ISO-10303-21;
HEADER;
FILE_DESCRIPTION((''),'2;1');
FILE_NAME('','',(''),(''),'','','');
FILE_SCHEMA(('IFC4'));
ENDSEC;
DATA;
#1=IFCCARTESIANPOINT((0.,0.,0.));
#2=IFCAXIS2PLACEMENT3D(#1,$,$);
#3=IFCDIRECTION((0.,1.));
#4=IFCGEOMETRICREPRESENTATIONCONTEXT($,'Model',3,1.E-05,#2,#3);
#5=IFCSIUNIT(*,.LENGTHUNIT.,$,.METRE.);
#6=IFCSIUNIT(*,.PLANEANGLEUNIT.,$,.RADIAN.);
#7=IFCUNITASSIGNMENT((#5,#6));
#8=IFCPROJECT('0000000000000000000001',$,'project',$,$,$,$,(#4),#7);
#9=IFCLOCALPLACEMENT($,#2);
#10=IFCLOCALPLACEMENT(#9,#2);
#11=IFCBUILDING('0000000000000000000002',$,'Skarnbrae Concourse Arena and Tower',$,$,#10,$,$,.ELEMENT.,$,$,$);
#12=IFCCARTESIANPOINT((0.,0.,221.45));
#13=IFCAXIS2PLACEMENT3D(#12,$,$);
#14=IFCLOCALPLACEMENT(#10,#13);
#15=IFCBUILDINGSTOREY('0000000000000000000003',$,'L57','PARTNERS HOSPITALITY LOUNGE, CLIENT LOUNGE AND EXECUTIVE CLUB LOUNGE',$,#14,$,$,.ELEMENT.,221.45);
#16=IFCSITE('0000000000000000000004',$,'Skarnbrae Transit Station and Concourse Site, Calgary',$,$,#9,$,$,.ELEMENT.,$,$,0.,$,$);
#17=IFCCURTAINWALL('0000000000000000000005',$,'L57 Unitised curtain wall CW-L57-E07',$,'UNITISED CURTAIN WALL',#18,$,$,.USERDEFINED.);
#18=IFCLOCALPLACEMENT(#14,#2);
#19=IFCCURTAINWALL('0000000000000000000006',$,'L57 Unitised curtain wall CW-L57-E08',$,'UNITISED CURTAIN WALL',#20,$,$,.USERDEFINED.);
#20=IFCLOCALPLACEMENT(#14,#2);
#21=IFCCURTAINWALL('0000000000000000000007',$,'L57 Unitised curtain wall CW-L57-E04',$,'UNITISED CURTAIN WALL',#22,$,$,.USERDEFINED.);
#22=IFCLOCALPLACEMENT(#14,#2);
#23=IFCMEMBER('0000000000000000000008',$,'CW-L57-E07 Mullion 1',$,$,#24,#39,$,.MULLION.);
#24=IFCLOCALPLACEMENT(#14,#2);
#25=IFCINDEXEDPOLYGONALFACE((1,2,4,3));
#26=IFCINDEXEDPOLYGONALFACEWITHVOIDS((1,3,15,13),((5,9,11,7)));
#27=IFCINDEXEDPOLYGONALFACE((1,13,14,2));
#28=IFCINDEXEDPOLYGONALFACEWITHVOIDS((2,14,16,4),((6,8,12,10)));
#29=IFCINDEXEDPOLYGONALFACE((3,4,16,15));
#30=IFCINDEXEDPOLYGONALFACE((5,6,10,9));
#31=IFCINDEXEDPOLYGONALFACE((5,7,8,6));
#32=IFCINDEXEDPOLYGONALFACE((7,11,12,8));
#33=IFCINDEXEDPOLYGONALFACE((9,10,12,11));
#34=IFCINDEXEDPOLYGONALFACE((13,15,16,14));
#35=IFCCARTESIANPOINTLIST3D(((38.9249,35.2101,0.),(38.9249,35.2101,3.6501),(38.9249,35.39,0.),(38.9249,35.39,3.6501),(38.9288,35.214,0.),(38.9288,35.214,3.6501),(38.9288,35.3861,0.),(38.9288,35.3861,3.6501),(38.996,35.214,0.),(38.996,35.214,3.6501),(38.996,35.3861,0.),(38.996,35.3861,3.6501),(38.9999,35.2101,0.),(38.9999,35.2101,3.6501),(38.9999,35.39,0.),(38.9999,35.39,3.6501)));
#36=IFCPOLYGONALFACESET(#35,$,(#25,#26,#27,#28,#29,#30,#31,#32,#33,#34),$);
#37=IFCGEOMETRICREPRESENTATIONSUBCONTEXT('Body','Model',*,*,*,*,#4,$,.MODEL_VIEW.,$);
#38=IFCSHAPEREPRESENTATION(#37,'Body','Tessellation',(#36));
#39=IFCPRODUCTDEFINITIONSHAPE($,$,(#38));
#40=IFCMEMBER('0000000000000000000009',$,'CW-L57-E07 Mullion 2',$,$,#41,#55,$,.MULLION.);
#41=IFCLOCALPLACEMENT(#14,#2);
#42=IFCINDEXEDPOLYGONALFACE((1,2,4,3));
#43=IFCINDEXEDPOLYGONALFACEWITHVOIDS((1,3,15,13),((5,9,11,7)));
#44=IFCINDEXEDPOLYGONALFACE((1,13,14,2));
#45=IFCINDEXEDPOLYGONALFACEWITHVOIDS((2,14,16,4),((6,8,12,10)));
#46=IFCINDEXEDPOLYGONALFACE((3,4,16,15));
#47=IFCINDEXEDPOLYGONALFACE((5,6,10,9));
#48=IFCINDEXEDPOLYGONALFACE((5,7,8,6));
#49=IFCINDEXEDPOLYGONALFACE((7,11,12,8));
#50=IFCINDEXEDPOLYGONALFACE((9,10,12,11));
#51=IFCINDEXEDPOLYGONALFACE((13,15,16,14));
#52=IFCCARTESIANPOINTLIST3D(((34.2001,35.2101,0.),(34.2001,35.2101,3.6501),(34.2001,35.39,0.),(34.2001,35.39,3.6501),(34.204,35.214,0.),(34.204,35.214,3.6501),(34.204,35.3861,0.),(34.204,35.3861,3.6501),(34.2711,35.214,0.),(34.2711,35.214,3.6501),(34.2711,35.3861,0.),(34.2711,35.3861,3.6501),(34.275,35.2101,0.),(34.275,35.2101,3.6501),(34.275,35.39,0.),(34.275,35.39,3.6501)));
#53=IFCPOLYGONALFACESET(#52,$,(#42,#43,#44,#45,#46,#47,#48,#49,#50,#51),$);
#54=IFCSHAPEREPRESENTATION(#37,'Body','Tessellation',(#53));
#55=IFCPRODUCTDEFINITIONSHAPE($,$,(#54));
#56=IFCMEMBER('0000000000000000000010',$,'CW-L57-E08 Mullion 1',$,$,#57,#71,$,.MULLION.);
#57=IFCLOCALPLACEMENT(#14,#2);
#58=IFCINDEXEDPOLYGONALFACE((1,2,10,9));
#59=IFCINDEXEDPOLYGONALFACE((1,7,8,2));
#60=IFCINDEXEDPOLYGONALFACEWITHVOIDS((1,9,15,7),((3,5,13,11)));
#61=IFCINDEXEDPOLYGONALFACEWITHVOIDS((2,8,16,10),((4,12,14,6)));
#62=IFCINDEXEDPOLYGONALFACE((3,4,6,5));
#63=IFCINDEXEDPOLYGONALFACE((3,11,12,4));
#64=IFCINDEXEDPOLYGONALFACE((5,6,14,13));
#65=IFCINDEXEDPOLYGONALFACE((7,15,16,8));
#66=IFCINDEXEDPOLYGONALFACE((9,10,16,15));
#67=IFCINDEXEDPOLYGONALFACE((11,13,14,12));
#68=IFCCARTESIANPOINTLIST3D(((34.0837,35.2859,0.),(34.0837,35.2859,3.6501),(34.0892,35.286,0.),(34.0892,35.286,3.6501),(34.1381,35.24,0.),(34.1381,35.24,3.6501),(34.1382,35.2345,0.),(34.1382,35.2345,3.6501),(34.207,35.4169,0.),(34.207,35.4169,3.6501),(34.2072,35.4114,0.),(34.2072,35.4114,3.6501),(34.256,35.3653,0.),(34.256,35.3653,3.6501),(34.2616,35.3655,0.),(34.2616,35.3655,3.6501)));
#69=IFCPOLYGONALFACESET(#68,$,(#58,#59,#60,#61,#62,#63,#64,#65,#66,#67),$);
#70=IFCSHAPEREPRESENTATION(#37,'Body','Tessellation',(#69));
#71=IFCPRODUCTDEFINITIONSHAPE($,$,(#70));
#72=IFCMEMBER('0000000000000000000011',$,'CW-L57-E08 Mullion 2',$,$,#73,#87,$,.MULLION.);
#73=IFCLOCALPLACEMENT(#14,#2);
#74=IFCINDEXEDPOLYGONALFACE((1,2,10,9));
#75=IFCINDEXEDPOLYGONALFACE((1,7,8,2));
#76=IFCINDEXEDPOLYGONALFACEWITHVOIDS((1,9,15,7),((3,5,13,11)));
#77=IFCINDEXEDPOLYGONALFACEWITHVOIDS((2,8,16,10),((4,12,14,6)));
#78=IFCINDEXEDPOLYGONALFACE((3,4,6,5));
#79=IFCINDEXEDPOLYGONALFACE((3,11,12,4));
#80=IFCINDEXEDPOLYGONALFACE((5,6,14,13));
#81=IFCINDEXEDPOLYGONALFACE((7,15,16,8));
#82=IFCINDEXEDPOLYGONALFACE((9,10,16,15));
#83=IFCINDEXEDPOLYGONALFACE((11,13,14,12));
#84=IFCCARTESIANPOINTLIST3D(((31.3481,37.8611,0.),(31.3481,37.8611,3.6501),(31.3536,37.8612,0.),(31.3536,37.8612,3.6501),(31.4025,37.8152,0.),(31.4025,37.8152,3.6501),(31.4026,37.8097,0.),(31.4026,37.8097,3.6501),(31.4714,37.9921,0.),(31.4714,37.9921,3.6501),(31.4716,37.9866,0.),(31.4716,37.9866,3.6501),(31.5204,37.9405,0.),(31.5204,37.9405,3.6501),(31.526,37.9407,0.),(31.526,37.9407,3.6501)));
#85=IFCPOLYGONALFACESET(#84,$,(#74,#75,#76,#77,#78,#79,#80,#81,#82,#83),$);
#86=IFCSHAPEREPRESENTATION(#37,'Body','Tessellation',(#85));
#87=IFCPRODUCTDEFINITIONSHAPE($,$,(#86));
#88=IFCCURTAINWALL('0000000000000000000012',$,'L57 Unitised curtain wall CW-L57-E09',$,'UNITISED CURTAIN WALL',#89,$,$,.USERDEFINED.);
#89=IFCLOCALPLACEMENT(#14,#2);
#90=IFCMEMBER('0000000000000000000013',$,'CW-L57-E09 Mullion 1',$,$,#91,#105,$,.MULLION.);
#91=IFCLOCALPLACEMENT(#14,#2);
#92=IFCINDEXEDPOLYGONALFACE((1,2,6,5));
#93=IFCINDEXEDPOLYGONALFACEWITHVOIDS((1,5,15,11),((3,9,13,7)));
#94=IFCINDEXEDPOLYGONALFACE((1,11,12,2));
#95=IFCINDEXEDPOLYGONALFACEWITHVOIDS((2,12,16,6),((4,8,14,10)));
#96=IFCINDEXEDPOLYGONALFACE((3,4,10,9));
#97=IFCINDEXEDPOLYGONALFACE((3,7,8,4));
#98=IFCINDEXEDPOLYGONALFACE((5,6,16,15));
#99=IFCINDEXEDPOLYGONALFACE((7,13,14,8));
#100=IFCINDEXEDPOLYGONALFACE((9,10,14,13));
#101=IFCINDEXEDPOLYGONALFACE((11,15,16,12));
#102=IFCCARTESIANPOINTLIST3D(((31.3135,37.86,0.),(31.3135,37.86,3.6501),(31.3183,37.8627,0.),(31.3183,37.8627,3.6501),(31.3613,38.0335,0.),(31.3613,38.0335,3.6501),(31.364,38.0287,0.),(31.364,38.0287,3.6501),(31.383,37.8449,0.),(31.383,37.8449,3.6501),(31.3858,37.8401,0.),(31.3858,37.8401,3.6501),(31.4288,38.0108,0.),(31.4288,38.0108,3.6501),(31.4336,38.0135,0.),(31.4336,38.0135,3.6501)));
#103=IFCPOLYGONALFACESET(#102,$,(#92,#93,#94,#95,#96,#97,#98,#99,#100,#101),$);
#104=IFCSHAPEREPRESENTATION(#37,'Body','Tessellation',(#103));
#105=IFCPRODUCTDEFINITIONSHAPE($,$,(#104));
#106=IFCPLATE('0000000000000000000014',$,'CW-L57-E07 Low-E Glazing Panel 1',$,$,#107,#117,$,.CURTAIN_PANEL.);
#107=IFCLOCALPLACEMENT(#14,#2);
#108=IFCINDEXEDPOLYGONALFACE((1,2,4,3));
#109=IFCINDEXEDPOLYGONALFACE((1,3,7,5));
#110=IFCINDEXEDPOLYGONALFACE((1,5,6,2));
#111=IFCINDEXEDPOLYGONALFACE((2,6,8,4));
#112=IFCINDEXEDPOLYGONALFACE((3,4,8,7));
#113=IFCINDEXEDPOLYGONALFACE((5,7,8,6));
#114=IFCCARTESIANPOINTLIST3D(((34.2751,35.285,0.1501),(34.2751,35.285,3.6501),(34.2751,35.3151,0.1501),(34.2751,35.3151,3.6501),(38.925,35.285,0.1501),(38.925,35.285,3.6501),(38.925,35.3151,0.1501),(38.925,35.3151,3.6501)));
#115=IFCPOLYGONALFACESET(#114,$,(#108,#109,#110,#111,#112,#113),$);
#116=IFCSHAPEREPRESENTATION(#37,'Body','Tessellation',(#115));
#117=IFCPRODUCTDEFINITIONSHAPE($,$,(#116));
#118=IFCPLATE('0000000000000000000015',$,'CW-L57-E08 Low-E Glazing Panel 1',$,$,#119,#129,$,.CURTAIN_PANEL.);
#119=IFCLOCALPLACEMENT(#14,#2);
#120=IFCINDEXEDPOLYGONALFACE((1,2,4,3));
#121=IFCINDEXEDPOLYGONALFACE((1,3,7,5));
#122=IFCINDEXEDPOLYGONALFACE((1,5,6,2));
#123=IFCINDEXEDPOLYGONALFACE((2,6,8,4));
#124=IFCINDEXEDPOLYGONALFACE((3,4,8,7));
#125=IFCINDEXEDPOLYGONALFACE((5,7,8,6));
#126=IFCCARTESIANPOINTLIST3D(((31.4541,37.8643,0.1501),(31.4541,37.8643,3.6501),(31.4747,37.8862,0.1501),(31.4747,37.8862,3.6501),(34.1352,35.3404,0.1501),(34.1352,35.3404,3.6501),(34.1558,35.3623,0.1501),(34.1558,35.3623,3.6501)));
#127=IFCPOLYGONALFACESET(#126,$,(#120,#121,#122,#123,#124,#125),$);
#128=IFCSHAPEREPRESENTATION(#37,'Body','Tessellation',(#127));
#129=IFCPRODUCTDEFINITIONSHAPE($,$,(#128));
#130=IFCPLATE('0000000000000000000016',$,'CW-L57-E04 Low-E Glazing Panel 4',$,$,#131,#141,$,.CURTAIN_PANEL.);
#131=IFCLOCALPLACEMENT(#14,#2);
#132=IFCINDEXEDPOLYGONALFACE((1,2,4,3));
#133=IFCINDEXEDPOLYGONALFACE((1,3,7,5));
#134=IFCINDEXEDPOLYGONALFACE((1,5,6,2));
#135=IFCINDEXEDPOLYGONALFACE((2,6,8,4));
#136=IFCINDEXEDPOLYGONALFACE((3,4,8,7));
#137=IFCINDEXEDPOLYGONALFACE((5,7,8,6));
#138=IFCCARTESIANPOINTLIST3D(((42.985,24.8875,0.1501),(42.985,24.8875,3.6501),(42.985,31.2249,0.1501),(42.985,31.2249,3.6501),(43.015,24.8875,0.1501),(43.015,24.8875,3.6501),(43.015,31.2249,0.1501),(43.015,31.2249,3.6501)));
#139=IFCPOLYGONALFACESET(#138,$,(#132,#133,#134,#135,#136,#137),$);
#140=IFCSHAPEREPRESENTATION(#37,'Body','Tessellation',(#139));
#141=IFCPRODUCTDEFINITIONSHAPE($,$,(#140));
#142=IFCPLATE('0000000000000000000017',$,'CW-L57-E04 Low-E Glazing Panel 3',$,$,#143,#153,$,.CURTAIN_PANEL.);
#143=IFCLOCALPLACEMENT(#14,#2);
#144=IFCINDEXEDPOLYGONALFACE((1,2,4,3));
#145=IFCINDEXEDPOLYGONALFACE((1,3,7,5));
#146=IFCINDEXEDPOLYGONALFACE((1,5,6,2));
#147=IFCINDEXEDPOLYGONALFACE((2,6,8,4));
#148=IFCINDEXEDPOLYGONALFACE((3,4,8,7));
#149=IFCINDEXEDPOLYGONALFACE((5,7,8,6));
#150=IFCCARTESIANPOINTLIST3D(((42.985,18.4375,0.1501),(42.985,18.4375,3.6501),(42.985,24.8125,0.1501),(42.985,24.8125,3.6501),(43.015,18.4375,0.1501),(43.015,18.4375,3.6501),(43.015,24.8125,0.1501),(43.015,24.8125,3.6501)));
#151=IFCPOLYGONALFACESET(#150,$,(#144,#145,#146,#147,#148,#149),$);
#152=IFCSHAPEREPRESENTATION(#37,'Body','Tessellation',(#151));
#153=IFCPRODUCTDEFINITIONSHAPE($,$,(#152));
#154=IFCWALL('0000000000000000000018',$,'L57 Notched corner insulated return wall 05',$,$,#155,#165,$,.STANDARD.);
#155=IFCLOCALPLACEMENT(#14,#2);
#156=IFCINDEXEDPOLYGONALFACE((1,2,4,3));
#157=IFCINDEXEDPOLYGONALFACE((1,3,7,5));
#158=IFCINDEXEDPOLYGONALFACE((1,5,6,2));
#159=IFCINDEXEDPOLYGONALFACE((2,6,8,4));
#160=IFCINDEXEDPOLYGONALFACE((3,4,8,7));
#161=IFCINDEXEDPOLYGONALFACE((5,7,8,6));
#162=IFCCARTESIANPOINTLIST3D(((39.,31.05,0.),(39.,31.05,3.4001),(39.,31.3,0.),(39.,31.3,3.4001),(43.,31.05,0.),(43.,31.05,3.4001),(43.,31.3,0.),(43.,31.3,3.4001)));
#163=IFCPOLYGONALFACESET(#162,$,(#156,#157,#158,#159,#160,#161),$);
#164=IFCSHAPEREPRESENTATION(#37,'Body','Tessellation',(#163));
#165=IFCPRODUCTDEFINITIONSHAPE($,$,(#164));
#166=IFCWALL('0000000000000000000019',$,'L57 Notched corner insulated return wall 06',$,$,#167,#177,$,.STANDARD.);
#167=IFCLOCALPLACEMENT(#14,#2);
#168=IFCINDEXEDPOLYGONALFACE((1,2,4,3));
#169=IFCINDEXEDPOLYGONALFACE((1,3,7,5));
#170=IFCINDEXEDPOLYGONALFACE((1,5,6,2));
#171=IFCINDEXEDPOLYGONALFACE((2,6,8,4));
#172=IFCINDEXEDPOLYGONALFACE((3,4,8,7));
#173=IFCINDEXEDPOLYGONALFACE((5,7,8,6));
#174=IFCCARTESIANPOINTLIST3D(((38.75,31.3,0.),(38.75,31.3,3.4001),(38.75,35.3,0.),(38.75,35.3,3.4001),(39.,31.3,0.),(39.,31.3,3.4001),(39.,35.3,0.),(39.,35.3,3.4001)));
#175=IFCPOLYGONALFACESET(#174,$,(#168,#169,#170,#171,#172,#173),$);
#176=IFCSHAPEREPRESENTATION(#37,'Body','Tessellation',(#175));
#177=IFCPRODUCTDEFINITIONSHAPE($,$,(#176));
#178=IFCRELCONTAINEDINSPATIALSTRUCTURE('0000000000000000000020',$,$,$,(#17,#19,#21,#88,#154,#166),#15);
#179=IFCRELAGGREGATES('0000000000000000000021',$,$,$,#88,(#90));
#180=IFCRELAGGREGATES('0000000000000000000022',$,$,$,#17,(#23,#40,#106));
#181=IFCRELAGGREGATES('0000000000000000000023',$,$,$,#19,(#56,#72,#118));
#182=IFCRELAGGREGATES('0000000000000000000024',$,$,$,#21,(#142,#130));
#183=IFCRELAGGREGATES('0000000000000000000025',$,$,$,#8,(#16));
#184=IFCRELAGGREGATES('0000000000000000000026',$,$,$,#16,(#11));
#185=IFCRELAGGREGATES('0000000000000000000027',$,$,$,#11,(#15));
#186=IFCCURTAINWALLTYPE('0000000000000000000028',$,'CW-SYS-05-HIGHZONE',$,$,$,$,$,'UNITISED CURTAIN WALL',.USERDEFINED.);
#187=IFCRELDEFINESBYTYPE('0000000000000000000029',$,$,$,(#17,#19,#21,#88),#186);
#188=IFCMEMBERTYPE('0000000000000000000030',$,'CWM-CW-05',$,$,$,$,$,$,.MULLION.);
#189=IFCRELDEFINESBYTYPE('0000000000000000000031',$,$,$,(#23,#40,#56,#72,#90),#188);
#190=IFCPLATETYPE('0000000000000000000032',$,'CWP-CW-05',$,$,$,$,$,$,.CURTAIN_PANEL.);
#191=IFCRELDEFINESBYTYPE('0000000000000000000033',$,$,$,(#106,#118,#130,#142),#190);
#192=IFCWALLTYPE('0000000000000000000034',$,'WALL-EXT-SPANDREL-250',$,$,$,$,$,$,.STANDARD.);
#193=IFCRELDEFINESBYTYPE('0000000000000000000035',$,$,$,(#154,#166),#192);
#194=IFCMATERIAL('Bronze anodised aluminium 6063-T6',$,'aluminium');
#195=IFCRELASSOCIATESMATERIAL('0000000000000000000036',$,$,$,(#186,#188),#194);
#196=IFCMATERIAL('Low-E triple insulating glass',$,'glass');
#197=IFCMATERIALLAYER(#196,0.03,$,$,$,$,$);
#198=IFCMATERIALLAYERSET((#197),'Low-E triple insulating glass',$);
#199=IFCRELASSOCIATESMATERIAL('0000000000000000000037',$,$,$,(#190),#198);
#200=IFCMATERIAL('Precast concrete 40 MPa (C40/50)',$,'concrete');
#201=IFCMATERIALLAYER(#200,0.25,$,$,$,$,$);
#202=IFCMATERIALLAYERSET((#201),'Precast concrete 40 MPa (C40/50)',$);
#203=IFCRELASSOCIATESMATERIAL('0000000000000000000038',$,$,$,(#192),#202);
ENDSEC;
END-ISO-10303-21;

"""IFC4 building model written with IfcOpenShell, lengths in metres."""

from ifc_helpers import new_model, si_unit, direction, frame, frame_2d, origin, origin_2d, place, context, subcontext, project, spatial, rectangle, hollow_rectangle, extrude, source, transform, mapped, material, layer, layer_set, material_profile, profile_set, type_object, element, aggregate, save


model = new_model("IFC4")

# Units and contexts
model_context = context("Model", 3, precision=1e-05, world=origin(), true_north=direction((0.0, 1.0)))
body_context = subcontext(model_context, "Body", "Model", "MODEL_VIEW")
ifc_project = project(units=[si_unit("LENGTHUNIT", "METRE"), si_unit("PLANEANGLEUNIT", "RADIAN")], contexts=[model_context])

# Site, building, storey
site_placement = place(None, origin())
site = spatial("IfcSite", under=ifc_project, at=site_placement, Name="Skarnbrae Transit Station and Concourse Site, Calgary", CompositionType="ELEMENT", RefElevation=0.0)
building_placement = place(site_placement, origin())
building = spatial("IfcBuilding", under=site, at=building_placement, Name="Skarnbrae Concourse Arena and Tower", CompositionType="ELEMENT")
storey_placement = place(building_placement, frame((0.0, 0.0, 221.45)))
storey = spatial("IfcBuildingStorey", under=building, at=storey_placement, Name="L57", Description="PARTNERS HOSPITALITY LOUNGE, CLIENT LOUNGE AND EXECUTIVE CLUB LOUNGE", CompositionType="ELEMENT", Elevation=221.45)

# Curtain walls
ifc_material_1 = material(Name="Bronze anodised aluminium 6063-T6", Category="aluminium")
curtain_wall_type = type_object("IfcCurtainWallType", Name="CW-SYS-05-HIGHZONE", ElementType="UNITISED CURTAIN WALL", PredefinedType="USERDEFINED", material=ifc_material_1)
curtain_wall_1_placement = place(storey_placement, origin())
curtain_wall_1 = element("IfcCurtainWall", 1, at=curtain_wall_1_placement, inside=storey, type_object=curtain_wall_type, Name="L57 Unitised curtain wall CW-L57-E07", ObjectType="UNITISED CURTAIN WALL", PredefinedType="USERDEFINED")
curtain_wall_2_placement = place(storey_placement, origin())
curtain_wall_2 = element("IfcCurtainWall", 2, at=curtain_wall_2_placement, inside=storey, type_object=curtain_wall_type, Name="L57 Unitised curtain wall CW-L57-E08", ObjectType="UNITISED CURTAIN WALL", PredefinedType="USERDEFINED")

# Curtain wall
curtain_wall_3_placement = place(storey_placement, origin())
curtain_wall_3 = element("IfcCurtainWall", 3, at=curtain_wall_3_placement, inside=storey, type_object=curtain_wall_type, Name="L57 Unitised curtain wall CW-L57-E04", ObjectType="UNITISED CURTAIN WALL", PredefinedType="USERDEFINED")
ifc_material_profile_1 = material_profile(ifc_material_1, hollow_rectangle(XDim=0.075, YDim=0.1799, WallThickness=0.0039, at=origin_2d()), Name="ALU-MULL-75X180")
ifc_profile_set_1 = profile_set([ifc_material_profile_1], Name="Bronze anodised aluminium 6063-T6")
member_type_1 = type_object("IfcMemberType", Name="CWM-CW-05", PredefinedType="MULLION", material=ifc_profile_set_1)
shared_shape_1 = source(origin(), body_context, "Body", "SweptSolid", [
    extrude(hollow_rectangle(XDim=0.075, YDim=0.1799, WallThickness=0.0039, at=origin_2d()), origin(), (0.0, 0.0, 1.0), 3.6501),
])

# Members
member_1_placement = place(storey_placement, frame((38.9624, 35.3, 0.0), z_axis=(0.0, 0.0, 1.0), x_axis=(-1.0, 0.0, 0.0)))
member_1 = element("IfcMember", 4, at=member_1_placement, type_object=member_type_1, Name="CW-L57-E07 Mullion 1", PredefinedType="MULLION", context=body_context, shape_type="MappedRepresentation", body=[
    mapped(shared_shape_1, transform((0.0, 0.0, 0.0))),
])
member_2_placement = place(storey_placement, frame((34.2375, 35.3, 0.0), z_axis=(0.0, 0.0, 1.0), x_axis=(-1.0, 0.0, 0.0)))
member_2 = element("IfcMember", 5, at=member_2_placement, type_object=member_type_1, Name="CW-L57-E07 Mullion 2", PredefinedType="MULLION", context=body_context, shape_type="MappedRepresentation", body=[
    mapped(shared_shape_1, transform((0.0, 0.0, 0.0))),
])
member_3_placement = place(storey_placement, frame((34.1726, 35.3257, 0.0), z_axis=(0.0, 0.0, 1.0), x_axis=(-0.728131, 0.685438, 0.0)))
member_3 = element("IfcMember", 6, at=member_3_placement, type_object=member_type_1, Name="CW-L57-E08 Mullion 1", PredefinedType="MULLION", context=body_context, shape_type="MappedRepresentation", body=[
    mapped(shared_shape_1, transform((0.0, 0.0, 0.0))),
])
member_4_placement = place(storey_placement, frame((31.437, 37.9009, 0.0), z_axis=(0.0, 0.0, 1.0), x_axis=(-0.728131, 0.685438, 0.0)))
member_4 = element("IfcMember", 7, at=member_4_placement, type_object=member_type_1, Name="CW-L57-E08 Mullion 2", PredefinedType="MULLION", context=body_context, shape_type="MappedRepresentation", body=[
    mapped(shared_shape_1, transform((0.0, 0.0, 0.0))),
])

# Curtain wall, member
curtain_wall_4_placement = place(storey_placement, origin())
curtain_wall_4 = element("IfcCurtainWall", 8, at=curtain_wall_4_placement, inside=storey, type_object=curtain_wall_type, Name="L57 Unitised curtain wall CW-L57-E09", ObjectType="UNITISED CURTAIN WALL", PredefinedType="USERDEFINED")
member_5_placement = place(storey_placement, frame((31.3735, 37.9368, 0.0), z_axis=(0.0, 0.0, 1.0), x_axis=(-0.964057, 0.265694, 0.0)))
member_5 = element("IfcMember", 9, at=member_5_placement, type_object=member_type_1, Name="CW-L57-E09 Mullion 1", PredefinedType="MULLION", context=body_context, shape_type="MappedRepresentation", body=[
    mapped(shared_shape_1, transform((0.0, 0.0, 0.0))),
])
aggregate(curtain_wall_4, [member_5])

# Plates
ifc_material_2 = material(Name="Low-E triple insulating glass", Category="glass")
ifc_layer_1 = layer(ifc_material_2, 0.03)
ifc_layer_set_1 = layer_set([ifc_layer_1], Name="Low-E triple insulating glass")
plate_type = type_object("IfcPlateType", Name="CWP-CW-05", PredefinedType="CURTAIN_PANEL", material=ifc_layer_set_1)
shared_shape_2 = source(origin(), body_context, "Body", "SweptSolid", [
    extrude(rectangle(XDim=4.6499, YDim=0.03, at=origin_2d()), origin(), (0.0, 0.0, 1.0), 3.5),
])
plate_1_placement = place(storey_placement, frame((36.6001, 35.3, 0.1501), z_axis=(0.0, 0.0, 1.0), x_axis=(-1.0, 0.0, 0.0)))
plate_1 = element("IfcPlate", 10, at=plate_1_placement, type_object=plate_type, Name="CW-L57-E07 Low-E Glazing Panel 1", PredefinedType="CURTAIN_PANEL", context=body_context, shape_type="MappedRepresentation", body=[
    mapped(shared_shape_2, transform((0.0, 0.0, 0.0))),
])
aggregate(curtain_wall_1, [member_1, member_2, plate_1])
shared_shape_3 = source(origin(), body_context, "Body", "SweptSolid", [
    extrude(rectangle(XDim=3.6821, YDim=0.03, at=origin_2d()), origin(), (0.0, 0.0, 1.0), 3.5),
])
plate_2_placement = place(storey_placement, frame((32.8049, 36.6133, 0.1501), z_axis=(0.0, 0.0, 1.0), x_axis=(-0.728131, 0.685438, 0.0)))
plate_2 = element("IfcPlate", 11, at=plate_2_placement, type_object=plate_type, Name="CW-L57-E08 Low-E Glazing Panel 1", PredefinedType="CURTAIN_PANEL", context=body_context, shape_type="MappedRepresentation", body=[
    mapped(shared_shape_3, transform((0.0, 0.0, 0.0))),
])
aggregate(curtain_wall_2, [member_3, member_4, plate_2])
shared_shape_4 = source(origin(), body_context, "Body", "SweptSolid", [
    extrude(rectangle(XDim=6.3374, YDim=0.03, at=origin_2d()), origin(), (0.0, 0.0, 1.0), 3.5),
])
plate_3_placement = place(storey_placement, frame((43.0, 28.0562, 0.1501), z_axis=(0.0, 0.0, 1.0), x_axis=(0.0, 1.0, 0.0)))
plate_3 = element("IfcPlate", 12, at=plate_3_placement, type_object=plate_type, Name="CW-L57-E04 Low-E Glazing Panel 4", PredefinedType="CURTAIN_PANEL", context=body_context, shape_type="MappedRepresentation", body=[
    mapped(shared_shape_4, transform((0.0, 0.0, 0.0))),
])
shared_shape_5 = source(origin(), body_context, "Body", "SweptSolid", [
    extrude(rectangle(XDim=6.375, YDim=0.03, at=origin_2d()), origin(), (0.0, 0.0, 1.0), 3.5),
])
plate_4_placement = place(storey_placement, frame((43.0, 21.625, 0.1501), z_axis=(0.0, 0.0, 1.0), x_axis=(0.0, 1.0, 0.0)))
plate_4 = element("IfcPlate", 13, at=plate_4_placement, type_object=plate_type, Name="CW-L57-E04 Low-E Glazing Panel 3", PredefinedType="CURTAIN_PANEL", context=body_context, shape_type="MappedRepresentation", body=[
    mapped(shared_shape_5, transform((0.0, 0.0, 0.0))),
])
aggregate(curtain_wall_3, [plate_4, plate_3])

# Walls
ifc_material_3 = material(Name="Precast concrete 40 MPa (C40/50)", Category="concrete")
ifc_layer_2 = layer(ifc_material_3, 0.25)
ifc_layer_set_2 = layer_set([ifc_layer_2], Name="Precast concrete 40 MPa (C40/50)")
wall_type_1 = type_object("IfcWallType", Name="WALL-EXT-SPANDREL-250", PredefinedType="STANDARD", material=ifc_layer_set_2)
shared_shape_6 = source(origin(), body_context, "Body", "SweptSolid", [
    extrude(rectangle(XDim=4.0, YDim=0.25, at=frame_2d((2.0, 0.0))), origin(), (0.0, 0.0, 1.0), 3.4001),
])
for number, where, z_axis, x_axis, name in (
    (14, (43.0, 31.175, 0.0), (0.0, 0.0, 1.0), (-1.0, 0.0, 0.0), "L57 Notched corner insulated return wall 05"),
    (15, (38.875, 31.3, 0.0), (0.0, 0.0, 1.0), (0.0, 1.0, 0.0), "L57 Notched corner insulated return wall 06"),
):
    element("IfcWall", number, at=place(storey_placement, frame(where, z_axis=z_axis, x_axis=x_axis)), inside=storey, type_object=wall_type_1, Name=name, PredefinedType="STANDARD", context=body_context, shape_type="MappedRepresentation", body=[
        mapped(shared_shape_6, transform((0.0, 0.0, 0.0))),
    ])

save(model, "model.ifc")
